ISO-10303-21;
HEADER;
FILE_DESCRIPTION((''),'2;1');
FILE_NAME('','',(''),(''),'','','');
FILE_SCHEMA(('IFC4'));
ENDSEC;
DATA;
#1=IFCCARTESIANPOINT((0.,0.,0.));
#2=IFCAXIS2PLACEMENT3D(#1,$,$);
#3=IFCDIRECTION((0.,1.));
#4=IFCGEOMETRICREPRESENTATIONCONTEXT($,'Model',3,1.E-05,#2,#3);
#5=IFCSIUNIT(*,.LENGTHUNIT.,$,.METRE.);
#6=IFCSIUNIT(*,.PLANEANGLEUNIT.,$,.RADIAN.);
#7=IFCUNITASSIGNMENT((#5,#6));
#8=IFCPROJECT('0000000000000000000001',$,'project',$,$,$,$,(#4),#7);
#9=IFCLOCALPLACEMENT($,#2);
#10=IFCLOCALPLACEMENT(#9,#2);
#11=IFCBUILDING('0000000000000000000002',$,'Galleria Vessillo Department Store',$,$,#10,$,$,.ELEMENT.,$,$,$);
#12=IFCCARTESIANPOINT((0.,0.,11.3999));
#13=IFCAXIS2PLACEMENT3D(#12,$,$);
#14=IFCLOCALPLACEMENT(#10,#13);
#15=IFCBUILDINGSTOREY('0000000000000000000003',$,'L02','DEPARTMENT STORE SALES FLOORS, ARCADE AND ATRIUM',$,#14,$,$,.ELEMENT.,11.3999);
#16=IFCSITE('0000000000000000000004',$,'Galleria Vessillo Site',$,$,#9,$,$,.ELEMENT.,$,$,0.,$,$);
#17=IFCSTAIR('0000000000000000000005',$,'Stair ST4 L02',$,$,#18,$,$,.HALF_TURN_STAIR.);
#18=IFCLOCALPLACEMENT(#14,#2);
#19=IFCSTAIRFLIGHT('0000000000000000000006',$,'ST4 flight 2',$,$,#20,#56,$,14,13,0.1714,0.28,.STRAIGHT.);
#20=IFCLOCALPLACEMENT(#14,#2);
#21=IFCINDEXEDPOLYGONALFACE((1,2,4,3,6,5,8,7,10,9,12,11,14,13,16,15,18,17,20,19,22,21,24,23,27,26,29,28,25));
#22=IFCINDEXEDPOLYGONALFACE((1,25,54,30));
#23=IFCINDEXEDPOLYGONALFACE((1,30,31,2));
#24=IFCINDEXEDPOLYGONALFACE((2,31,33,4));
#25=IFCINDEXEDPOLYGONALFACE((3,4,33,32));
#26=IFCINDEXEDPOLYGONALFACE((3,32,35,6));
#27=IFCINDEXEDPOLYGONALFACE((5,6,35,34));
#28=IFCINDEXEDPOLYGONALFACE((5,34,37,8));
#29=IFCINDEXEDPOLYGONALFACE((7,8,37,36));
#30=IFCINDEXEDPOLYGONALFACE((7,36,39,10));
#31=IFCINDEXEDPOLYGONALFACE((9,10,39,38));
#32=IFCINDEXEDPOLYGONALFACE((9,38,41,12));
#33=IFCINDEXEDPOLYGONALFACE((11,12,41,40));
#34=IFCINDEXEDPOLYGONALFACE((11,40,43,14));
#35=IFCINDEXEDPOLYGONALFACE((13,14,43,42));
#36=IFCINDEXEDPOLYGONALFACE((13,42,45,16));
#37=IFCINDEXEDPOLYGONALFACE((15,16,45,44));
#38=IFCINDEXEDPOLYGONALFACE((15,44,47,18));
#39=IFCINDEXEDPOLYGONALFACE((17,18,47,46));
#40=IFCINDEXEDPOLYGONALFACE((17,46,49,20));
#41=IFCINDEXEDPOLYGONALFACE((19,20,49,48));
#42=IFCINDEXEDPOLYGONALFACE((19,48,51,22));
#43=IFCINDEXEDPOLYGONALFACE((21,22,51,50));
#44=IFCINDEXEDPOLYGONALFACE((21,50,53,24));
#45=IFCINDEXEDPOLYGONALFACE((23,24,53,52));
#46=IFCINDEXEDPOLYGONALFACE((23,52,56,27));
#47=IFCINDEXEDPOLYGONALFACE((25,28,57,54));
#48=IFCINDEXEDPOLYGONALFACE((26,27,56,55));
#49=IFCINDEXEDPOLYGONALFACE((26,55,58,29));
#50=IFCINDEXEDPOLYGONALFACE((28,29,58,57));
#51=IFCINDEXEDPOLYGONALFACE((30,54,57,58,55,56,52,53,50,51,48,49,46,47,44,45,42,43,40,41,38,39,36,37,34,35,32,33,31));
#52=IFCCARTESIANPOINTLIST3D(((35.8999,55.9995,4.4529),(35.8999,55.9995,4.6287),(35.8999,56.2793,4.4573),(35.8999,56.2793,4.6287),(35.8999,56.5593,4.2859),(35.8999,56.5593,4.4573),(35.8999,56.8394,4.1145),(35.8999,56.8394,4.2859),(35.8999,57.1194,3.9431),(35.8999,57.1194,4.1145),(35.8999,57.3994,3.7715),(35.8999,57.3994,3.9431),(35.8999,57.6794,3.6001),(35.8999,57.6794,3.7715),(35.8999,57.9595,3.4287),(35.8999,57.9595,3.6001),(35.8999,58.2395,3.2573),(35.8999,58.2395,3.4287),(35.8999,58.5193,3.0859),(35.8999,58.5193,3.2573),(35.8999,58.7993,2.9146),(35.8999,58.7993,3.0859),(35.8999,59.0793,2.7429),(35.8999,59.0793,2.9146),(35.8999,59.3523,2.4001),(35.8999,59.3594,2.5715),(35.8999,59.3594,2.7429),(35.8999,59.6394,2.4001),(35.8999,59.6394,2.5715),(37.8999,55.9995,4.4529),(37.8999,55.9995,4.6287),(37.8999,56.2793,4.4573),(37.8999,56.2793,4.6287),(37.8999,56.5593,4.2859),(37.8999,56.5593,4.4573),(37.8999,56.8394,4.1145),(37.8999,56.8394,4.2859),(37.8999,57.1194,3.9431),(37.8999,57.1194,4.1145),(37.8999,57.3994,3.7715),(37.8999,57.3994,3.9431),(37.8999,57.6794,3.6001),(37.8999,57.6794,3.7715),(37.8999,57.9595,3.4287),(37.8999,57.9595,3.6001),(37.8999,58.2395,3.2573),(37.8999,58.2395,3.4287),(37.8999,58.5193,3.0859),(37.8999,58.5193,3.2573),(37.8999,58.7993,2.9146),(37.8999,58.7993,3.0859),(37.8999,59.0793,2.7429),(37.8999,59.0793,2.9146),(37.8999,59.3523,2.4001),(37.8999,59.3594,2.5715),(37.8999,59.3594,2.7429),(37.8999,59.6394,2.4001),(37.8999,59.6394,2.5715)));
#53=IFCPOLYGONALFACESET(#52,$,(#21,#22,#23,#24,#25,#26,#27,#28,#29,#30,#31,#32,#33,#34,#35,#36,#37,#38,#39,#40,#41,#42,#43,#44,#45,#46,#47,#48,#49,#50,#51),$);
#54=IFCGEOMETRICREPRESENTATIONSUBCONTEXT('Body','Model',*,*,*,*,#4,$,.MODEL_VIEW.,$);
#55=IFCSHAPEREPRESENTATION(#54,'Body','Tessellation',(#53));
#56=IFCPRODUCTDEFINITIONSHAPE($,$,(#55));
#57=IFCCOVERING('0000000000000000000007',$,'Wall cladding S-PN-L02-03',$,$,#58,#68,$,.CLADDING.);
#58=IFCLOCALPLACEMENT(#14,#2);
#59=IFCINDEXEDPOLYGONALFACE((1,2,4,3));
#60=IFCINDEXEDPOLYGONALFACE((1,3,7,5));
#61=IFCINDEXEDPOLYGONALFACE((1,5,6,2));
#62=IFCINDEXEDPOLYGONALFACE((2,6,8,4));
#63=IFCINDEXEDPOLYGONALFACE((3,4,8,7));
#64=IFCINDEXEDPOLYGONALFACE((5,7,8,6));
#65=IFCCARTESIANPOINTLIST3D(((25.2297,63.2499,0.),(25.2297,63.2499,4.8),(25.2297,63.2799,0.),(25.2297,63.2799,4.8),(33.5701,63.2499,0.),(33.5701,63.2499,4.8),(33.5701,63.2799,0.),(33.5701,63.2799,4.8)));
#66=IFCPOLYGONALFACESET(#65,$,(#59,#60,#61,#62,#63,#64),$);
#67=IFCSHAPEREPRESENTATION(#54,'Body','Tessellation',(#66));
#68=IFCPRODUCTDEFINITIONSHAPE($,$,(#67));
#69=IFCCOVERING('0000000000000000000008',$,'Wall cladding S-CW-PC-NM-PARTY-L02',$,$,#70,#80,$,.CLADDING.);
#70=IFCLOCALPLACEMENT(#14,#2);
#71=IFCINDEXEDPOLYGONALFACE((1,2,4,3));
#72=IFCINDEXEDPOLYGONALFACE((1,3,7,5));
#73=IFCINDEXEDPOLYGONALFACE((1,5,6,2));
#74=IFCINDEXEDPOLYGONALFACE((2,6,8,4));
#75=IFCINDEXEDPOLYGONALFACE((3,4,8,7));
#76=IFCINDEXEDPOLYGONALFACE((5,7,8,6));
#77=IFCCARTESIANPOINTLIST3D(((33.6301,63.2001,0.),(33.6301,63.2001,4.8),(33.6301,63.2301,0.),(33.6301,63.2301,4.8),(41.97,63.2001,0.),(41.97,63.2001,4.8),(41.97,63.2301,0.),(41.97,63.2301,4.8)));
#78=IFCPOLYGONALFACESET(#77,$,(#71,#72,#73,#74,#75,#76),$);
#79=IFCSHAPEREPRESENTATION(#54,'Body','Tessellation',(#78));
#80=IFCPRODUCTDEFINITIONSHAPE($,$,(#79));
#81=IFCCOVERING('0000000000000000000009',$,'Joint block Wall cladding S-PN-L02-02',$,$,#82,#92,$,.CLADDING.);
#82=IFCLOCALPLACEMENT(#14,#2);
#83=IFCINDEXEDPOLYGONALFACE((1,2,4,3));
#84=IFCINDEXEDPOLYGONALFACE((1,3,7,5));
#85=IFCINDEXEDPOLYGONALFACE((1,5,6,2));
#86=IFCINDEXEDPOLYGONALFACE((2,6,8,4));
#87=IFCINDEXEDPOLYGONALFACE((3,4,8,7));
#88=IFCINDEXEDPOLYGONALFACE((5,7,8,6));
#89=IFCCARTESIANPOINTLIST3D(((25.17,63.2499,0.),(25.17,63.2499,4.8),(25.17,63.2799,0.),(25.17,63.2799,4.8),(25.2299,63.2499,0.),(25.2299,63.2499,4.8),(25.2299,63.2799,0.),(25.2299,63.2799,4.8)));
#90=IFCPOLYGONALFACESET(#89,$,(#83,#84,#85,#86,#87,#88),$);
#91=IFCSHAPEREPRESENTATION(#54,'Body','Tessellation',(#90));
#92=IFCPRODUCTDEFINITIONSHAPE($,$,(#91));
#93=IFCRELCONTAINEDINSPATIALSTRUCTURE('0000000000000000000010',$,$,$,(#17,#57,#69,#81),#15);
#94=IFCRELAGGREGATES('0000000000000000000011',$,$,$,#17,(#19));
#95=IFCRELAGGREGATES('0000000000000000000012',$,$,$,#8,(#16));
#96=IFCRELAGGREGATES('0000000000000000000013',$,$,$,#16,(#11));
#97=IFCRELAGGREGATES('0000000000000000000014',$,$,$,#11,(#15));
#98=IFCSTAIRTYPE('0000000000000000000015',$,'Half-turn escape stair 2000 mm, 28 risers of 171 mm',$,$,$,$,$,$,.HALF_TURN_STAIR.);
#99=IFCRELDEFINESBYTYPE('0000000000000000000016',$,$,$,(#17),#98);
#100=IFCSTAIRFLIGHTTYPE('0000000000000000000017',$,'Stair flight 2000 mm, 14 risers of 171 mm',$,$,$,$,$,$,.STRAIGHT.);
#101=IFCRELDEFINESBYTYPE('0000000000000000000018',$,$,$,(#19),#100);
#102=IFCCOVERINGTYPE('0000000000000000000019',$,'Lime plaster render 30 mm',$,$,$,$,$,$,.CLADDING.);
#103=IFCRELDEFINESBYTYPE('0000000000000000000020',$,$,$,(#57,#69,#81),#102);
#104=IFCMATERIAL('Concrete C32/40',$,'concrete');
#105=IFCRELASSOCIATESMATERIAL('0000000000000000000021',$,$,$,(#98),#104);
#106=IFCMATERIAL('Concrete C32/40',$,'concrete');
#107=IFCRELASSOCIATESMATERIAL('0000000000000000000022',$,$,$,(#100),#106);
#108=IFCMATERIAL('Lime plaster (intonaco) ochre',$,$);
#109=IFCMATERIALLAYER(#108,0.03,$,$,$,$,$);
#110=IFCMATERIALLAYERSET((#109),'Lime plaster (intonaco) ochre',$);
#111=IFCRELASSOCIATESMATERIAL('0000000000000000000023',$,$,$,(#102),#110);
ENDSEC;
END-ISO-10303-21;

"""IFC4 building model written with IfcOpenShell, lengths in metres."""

from ifc_helpers import new_model, si_unit, direction, frame, origin, origin_2d, place, context, subcontext, project, spatial, polyline, rectangle, outline, extrude, material, layer, layer_set, type_object, element, aggregate, save


model = new_model("IFC4")

# Units and contexts
model_context = context("Model", 3, precision=1e-05, world=origin(), true_north=direction((0.0, 1.0)))
body_context = subcontext(model_context, "Body", "Model", "MODEL_VIEW")
ifc_project = project(units=[si_unit("LENGTHUNIT", "METRE"), si_unit("PLANEANGLEUNIT", "RADIAN")], contexts=[model_context])

# Site, building, storey
site_placement = place(None, origin())
site = spatial("IfcSite", under=ifc_project, at=site_placement, Name="Galleria Vessillo Site", CompositionType="ELEMENT", RefElevation=0.0)
building_placement = place(site_placement, origin())
building = spatial("IfcBuilding", under=site, at=building_placement, Name="Galleria Vessillo Department Store", CompositionType="ELEMENT")
storey_placement = place(building_placement, frame((0.0, 0.0, 11.3999)))
storey = spatial("IfcBuildingStorey", under=building, at=storey_placement, Name="L02", Description="DEPARTMENT STORE SALES FLOORS, ARCADE AND ATRIUM", CompositionType="ELEMENT", Elevation=11.3999)

# Stair, stair flight
ifc_material_1 = material(Name="Concrete C32/40", Category="concrete")
stair_type = type_object("IfcStairType", Name="Half-turn escape stair 2000 mm, 28 risers of 171 mm", PredefinedType="HALF_TURN_STAIR", material=ifc_material_1)
stair_placement = place(storey_placement, origin())
stair = element("IfcStair", 1, at=stair_placement, inside=storey, type_object=stair_type, Name="Stair ST4 L02", PredefinedType="HALF_TURN_STAIR")
ifc_material_2 = material(Name="Concrete C32/40", Category="concrete")
stair_flight_type = type_object("IfcStairFlightType", Name="Stair flight 2000 mm, 14 risers of 171 mm", PredefinedType="STRAIGHT", material=ifc_material_2)
stair_flight_1_placement = place(storey_placement, frame((36.8999, 59.6394, 2.4001), z_axis=(0.0, 0.0, 1.0), x_axis=(0.0, -1.0, 0.0)))
stair_flight_1 = element("IfcStairFlight", 2, at=stair_flight_1_placement, type_object=stair_flight_type, Name="ST4 flight 2", NumberOfRisers=14, NumberOfTreads=13, PredefinedType="STRAIGHT", RiserHeight=0.1714, TreadLength=0.28, context=body_context, shape_type="SweptSolid", body=[
    extrude(outline(polyline([(0.0, 0.0), (0.0, 0.1714), (0.28, 0.1714), (0.28, 0.3428), (0.5601, 0.3428), (0.5601, 0.5144), (0.8401, 0.5144), (0.8401, 0.6858), (1.1201, 0.6858), (1.1201, 0.8572), (1.3999, 0.8572), (1.3999, 1.0286), (1.6799, 1.0286), (1.6799, 1.2), (1.96, 1.2), (1.96, 1.3713), (2.24, 1.3713), (2.24, 1.543), (2.52, 1.543), (2.52, 1.7144), (2.8, 1.7144), (2.8, 1.8857), (3.0801, 1.8857), (3.0801, 2.0571), (3.3601, 2.0571), (3.3601, 2.2285), (3.6399, 2.2285), (3.6399, 2.3999), (3.6399, 2.0527), (0.2871, 0.0), (0.0, 0.0)])), frame((0.0, 1.0, 0.0), z_axis=(0.0, -1.0, 0.0), x_axis=(1.0, 0.0, 0.0)), (0.0, 0.0, 1.0), 2.0),
])
aggregate(stair, [stair_flight_1])

# Coverings
ifc_material_3 = material(Name="Lime plaster (intonaco) ochre")
ifc_layer_1 = layer(ifc_material_3, 0.03)
ifc_layer_set_1 = layer_set([ifc_layer_1], Name="Lime plaster (intonaco) ochre")
covering_type = type_object("IfcCoveringType", Name="Lime plaster render 30 mm", PredefinedType="CLADDING", material=ifc_layer_set_1)
covering_1_placement = place(storey_placement, frame((29.3999, 63.2649, 0.0), z_axis=(0.0, 0.0, 1.0), x_axis=(1.0, 0.0, 0.0)))
element("IfcCovering", 3, at=covering_1_placement, inside=storey, type_object=covering_type, Name="Wall cladding S-PN-L02-03", PredefinedType="CLADDING", context=body_context, shape_type="SweptSolid", body=[
    extrude(rectangle(XDim=8.3403, YDim=0.03, at=origin_2d()), origin(), (0.0, 0.0, 1.0), 4.8),
])
covering_2_placement = place(storey_placement, frame((37.8, 63.2151, 0.0), z_axis=(0.0, 0.0, 1.0), x_axis=(1.0, 0.0, 0.0)))
element("IfcCovering", 4, at=covering_2_placement, inside=storey, type_object=covering_type, Name="Wall cladding S-CW-PC-NM-PARTY-L02", PredefinedType="CLADDING", context=body_context, shape_type="SweptSolid", body=[
    extrude(rectangle(XDim=8.3398, YDim=0.03, at=origin_2d()), origin(), (0.0, 0.0, 1.0), 4.8),
])
covering_3_placement = place(storey_placement, frame((25.2, 63.2649, 0.0), z_axis=(0.0, 0.0, 1.0), x_axis=(1.0, 0.0, 0.0)))
element("IfcCovering", 5, at=covering_3_placement, inside=storey, type_object=covering_type, Name="Joint block Wall cladding S-PN-L02-02", PredefinedType="CLADDING", context=body_context, shape_type="SweptSolid", body=[
    extrude(rectangle(XDim=0.0598, YDim=0.03, at=origin_2d()), origin(), (0.0, 0.0, 1.0), 4.8),
])

save(model, "model.ifc")
